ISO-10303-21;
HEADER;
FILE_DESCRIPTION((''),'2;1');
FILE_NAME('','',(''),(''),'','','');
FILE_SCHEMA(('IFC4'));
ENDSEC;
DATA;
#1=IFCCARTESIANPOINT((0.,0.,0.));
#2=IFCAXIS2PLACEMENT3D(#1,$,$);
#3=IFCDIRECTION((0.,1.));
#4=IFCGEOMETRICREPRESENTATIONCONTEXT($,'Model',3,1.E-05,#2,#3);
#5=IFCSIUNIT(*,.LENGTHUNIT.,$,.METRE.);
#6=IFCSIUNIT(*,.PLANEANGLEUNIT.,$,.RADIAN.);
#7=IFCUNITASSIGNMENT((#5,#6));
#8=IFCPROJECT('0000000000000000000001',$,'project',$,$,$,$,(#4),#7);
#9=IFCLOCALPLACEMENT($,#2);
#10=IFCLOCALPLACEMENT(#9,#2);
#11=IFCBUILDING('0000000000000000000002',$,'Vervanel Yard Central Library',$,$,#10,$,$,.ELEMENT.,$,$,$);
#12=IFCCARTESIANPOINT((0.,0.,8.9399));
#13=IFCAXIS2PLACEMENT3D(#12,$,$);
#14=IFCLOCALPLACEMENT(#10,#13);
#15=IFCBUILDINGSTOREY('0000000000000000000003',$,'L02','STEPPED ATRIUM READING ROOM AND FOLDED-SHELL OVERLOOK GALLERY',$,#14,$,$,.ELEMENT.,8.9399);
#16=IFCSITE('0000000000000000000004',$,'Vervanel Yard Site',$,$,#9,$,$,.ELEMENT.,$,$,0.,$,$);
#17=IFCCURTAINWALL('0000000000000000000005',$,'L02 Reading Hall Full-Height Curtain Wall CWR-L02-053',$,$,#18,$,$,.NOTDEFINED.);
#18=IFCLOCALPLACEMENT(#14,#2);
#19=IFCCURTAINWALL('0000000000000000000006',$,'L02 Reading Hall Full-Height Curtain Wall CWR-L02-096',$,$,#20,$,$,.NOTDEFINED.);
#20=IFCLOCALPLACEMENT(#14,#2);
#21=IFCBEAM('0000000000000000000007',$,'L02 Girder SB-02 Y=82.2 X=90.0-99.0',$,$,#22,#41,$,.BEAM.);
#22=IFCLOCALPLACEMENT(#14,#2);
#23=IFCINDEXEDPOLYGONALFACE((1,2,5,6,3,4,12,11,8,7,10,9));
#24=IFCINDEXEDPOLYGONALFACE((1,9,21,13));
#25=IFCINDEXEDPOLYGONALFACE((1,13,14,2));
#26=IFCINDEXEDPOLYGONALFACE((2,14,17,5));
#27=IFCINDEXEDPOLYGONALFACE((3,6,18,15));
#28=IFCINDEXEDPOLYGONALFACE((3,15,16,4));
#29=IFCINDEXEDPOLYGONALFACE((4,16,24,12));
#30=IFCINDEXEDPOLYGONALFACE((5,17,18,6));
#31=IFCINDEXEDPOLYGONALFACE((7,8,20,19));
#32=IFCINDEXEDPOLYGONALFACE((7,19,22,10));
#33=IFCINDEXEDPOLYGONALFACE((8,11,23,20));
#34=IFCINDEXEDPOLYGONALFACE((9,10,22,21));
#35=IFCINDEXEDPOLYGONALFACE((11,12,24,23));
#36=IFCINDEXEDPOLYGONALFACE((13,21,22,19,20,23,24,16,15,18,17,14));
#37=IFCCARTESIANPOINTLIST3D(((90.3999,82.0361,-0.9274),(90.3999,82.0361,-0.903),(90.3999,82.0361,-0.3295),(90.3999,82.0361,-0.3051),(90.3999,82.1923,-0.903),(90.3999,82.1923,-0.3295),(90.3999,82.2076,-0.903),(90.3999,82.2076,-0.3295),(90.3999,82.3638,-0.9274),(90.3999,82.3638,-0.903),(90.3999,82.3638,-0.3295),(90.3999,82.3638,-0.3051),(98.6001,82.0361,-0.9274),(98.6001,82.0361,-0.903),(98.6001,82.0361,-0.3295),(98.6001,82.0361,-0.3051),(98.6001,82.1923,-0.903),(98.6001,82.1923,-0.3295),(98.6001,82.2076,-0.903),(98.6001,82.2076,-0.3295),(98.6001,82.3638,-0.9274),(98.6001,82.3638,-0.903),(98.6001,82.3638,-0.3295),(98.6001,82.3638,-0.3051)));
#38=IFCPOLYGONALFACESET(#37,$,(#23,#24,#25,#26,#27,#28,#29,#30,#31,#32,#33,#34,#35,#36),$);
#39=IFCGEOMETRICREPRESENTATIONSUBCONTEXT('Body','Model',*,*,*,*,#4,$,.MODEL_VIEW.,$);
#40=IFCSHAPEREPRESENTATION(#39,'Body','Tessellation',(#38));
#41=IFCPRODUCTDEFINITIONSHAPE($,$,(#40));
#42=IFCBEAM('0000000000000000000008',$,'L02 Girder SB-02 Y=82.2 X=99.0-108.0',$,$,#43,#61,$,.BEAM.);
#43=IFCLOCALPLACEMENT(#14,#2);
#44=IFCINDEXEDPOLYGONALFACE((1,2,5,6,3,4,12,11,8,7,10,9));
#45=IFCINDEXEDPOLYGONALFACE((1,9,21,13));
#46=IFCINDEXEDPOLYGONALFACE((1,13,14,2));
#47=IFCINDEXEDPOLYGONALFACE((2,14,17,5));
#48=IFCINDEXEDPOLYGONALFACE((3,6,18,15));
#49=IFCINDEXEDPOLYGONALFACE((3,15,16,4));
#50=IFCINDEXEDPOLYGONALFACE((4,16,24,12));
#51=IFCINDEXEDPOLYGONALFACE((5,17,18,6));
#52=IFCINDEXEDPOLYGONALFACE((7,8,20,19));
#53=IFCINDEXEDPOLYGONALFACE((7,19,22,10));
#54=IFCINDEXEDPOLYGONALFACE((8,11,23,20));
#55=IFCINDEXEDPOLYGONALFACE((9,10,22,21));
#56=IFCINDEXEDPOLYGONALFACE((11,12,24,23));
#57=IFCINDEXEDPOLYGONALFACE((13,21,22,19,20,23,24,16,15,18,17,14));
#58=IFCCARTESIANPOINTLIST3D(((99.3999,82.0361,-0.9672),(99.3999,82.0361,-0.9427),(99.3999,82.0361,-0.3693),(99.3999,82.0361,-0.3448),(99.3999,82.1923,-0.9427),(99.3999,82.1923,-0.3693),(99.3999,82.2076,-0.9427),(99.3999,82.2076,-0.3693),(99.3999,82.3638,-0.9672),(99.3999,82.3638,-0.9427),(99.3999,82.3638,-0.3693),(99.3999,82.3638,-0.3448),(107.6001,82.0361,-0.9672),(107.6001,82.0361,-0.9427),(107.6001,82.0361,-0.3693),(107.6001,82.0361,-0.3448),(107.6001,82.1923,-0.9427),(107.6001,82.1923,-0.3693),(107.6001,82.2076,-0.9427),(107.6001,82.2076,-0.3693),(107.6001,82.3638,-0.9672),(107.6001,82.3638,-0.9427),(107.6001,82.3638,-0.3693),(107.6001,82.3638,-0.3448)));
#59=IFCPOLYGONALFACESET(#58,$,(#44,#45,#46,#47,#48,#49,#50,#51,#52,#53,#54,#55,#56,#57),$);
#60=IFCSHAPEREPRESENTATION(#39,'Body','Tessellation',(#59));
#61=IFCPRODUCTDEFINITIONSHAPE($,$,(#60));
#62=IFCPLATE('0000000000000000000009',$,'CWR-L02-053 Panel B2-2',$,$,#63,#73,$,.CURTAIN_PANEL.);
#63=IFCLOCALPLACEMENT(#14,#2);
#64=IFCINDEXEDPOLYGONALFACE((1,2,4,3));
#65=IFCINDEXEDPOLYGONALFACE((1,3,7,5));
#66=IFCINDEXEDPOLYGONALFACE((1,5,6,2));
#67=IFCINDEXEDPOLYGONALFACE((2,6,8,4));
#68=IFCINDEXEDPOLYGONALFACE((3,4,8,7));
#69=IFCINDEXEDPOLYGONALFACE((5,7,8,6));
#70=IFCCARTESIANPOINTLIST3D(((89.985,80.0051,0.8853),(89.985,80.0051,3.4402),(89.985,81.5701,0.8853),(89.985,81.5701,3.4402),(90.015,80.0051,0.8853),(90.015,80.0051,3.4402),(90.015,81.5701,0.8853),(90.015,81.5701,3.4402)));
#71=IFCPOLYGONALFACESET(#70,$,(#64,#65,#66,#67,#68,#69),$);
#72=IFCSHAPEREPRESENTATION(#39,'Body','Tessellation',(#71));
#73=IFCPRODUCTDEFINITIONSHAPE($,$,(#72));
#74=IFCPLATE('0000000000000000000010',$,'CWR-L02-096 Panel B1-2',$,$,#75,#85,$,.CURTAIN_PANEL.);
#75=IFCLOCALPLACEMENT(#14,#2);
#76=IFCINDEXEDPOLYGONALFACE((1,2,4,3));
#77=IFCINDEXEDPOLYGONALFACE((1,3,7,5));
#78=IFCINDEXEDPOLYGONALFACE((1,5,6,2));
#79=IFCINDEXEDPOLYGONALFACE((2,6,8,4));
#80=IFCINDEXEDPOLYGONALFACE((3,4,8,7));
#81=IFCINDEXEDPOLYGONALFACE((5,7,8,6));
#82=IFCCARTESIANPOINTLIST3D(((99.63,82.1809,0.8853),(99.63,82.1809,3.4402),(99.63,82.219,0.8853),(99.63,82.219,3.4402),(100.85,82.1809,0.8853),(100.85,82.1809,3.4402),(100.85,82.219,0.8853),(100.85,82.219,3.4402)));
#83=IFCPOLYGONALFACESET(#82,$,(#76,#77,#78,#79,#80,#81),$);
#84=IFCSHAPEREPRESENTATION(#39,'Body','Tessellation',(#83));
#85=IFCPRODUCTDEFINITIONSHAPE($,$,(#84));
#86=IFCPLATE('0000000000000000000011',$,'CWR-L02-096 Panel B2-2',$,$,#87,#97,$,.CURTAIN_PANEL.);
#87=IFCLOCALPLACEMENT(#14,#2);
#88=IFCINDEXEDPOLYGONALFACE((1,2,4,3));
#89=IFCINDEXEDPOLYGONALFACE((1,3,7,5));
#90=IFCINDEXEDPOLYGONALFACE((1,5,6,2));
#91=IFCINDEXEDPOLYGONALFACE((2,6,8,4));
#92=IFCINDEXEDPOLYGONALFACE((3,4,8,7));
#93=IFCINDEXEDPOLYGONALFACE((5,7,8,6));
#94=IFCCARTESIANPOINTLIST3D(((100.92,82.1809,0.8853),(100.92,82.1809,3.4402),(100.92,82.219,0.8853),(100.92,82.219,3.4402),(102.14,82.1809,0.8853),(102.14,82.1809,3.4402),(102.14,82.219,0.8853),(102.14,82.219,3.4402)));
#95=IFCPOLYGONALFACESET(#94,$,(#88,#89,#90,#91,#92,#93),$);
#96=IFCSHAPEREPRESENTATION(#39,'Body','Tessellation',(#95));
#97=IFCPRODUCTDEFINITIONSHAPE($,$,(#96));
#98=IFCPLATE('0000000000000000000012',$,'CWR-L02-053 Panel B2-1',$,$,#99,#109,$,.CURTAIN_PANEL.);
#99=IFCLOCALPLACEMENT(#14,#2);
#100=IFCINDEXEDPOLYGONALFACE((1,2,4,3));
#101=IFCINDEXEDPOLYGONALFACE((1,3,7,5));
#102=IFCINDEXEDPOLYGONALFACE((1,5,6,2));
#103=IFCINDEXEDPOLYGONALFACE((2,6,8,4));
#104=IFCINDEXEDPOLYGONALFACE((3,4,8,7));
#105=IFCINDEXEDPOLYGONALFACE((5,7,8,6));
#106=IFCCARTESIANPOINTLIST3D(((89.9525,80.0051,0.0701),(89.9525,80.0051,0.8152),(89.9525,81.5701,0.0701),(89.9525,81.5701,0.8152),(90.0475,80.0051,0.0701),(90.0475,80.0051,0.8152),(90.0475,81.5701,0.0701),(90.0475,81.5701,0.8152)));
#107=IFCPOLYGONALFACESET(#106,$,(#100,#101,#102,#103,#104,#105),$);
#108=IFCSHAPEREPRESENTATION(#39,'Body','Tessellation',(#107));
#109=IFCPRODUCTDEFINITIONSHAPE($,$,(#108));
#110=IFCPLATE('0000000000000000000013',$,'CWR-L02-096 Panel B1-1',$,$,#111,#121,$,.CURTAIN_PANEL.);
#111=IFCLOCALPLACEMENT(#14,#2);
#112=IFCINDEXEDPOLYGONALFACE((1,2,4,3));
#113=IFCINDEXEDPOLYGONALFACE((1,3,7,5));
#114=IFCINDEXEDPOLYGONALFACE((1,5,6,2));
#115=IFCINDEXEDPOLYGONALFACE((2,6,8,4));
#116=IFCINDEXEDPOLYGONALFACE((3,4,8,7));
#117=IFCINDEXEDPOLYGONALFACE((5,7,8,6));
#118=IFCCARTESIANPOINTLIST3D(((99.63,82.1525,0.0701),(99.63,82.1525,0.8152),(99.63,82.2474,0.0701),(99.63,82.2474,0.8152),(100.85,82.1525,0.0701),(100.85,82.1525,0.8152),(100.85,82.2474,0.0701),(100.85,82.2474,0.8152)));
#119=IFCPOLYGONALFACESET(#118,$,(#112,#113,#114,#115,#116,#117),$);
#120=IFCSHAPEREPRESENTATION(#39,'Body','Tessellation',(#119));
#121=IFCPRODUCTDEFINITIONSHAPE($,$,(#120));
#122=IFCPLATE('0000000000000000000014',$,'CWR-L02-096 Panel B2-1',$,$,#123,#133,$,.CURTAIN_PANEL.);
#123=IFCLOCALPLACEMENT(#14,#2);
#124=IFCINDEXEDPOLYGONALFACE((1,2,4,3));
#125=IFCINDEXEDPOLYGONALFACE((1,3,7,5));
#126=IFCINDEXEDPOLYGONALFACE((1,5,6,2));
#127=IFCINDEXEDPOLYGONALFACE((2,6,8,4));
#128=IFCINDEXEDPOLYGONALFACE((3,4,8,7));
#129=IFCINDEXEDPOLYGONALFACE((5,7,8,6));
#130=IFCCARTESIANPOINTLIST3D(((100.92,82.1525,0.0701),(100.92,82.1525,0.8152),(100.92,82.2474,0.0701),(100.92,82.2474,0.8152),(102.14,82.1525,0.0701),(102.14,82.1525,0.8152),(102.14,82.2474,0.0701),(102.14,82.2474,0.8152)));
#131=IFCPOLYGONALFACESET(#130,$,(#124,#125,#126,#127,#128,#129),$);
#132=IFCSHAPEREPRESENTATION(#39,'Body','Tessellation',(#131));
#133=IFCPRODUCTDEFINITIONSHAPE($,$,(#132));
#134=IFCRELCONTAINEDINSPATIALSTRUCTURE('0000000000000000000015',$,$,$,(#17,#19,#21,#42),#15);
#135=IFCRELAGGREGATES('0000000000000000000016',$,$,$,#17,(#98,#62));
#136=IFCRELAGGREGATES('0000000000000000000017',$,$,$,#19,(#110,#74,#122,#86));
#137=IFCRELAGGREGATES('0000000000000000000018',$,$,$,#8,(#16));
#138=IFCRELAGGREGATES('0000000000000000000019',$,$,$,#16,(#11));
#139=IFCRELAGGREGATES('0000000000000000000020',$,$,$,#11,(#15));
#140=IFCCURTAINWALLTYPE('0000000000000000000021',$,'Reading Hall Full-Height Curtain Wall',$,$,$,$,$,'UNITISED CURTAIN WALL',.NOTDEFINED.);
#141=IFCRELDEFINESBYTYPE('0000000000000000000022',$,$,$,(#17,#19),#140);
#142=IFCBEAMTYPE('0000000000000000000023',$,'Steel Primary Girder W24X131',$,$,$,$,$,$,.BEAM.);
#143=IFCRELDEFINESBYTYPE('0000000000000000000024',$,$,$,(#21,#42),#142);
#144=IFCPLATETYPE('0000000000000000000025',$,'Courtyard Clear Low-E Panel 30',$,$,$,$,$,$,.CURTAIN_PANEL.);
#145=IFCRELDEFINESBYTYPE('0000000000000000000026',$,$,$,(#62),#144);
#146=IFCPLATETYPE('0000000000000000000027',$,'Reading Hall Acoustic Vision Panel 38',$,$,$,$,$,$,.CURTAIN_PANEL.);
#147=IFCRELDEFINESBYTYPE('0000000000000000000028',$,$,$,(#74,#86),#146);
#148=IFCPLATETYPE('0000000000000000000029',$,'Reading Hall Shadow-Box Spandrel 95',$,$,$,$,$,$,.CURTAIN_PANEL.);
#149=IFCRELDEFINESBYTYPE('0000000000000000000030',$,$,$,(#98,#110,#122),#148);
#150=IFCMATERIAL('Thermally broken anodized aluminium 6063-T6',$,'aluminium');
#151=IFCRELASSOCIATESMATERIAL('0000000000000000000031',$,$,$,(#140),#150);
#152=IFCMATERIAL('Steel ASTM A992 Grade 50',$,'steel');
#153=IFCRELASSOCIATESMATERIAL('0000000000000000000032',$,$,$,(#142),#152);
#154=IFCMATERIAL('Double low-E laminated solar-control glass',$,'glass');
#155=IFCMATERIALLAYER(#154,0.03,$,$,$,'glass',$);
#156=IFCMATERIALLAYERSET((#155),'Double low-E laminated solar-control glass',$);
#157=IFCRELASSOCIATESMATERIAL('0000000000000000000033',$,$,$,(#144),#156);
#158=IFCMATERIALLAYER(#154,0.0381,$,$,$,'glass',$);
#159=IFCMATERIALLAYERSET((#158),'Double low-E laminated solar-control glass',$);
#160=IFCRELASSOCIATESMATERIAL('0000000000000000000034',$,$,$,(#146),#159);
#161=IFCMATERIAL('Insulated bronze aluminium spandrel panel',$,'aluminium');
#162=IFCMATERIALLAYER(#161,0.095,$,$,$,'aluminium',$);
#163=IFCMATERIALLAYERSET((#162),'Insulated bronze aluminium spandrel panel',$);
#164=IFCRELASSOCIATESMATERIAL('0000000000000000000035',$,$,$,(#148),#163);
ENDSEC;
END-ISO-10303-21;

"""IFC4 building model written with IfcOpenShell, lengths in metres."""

from ifc_helpers import new_model, si_unit, direction, frame, origin, origin_2d, place, context, subcontext, project, spatial, rectangle, i_section, extrude, material, layer, layer_set, material_profile, profile_set, type_object, element, aggregate, save


model = new_model("IFC4")

# Units and contexts
model_context = context("Model", 3, precision=1e-05, world=origin(), true_north=direction((0.0, 1.0)))
body_context = subcontext(model_context, "Body", "Model", "MODEL_VIEW")
ifc_project = project(units=[si_unit("LENGTHUNIT", "METRE"), si_unit("PLANEANGLEUNIT", "RADIAN")], contexts=[model_context])

# Site, building, storey
site_placement = place(None, origin())
site = spatial("IfcSite", under=ifc_project, at=site_placement, Name="Vervanel Yard Site", CompositionType="ELEMENT", RefElevation=0.0)
building_placement = place(site_placement, origin())
building = spatial("IfcBuilding", under=site, at=building_placement, Name="Vervanel Yard Central Library", CompositionType="ELEMENT")
storey_placement = place(building_placement, frame((0.0, 0.0, 8.9399)))
storey = spatial("IfcBuildingStorey", under=building, at=storey_placement, Name="L02", Description="STEPPED ATRIUM READING ROOM AND FOLDED-SHELL OVERLOOK GALLERY", CompositionType="ELEMENT", Elevation=8.9399)

# Curtain wall
ifc_material_1 = material(Name="Thermally broken anodized aluminium 6063-T6", Category="aluminium")
curtain_wall_type = type_object("IfcCurtainWallType", Name="Reading Hall Full-Height Curtain Wall", ElementType="UNITISED CURTAIN WALL", PredefinedType="NOTDEFINED", material=ifc_material_1)
curtain_wall_1_placement = place(storey_placement, origin())
curtain_wall_1 = element("IfcCurtainWall", 1, at=curtain_wall_1_placement, inside=storey, type_object=curtain_wall_type, Name="L02 Reading Hall Full-Height Curtain Wall CWR-L02-053", PredefinedType="NOTDEFINED")

# Curtain wall
curtain_wall_2_placement = place(storey_placement, origin())
curtain_wall_2 = element("IfcCurtainWall", 2, at=curtain_wall_2_placement, inside=storey, type_object=curtain_wall_type, Name="L02 Reading Hall Full-Height Curtain Wall CWR-L02-096", PredefinedType="NOTDEFINED")

# Beams
ifc_material_2 = material(Name="Steel ASTM A992 Grade 50", Category="steel")
ifc_material_profile_1 = material_profile(ifc_material_2, i_section(OverallWidth=0.3276, OverallDepth=0.6223, WebThickness=0.0154, FlangeThickness=0.0244, at=origin_2d()), Name="W24X131", Category="steel")
ifc_profile_set_1 = profile_set([ifc_material_profile_1], Name="Steel ASTM A992 Grade 50")
beam_type = type_object("IfcBeamType", Name="Steel Primary Girder W24X131", PredefinedType="BEAM", material=ifc_profile_set_1)
for number, where, z_axis, x_axis, name in (
    (3, (90.3999, 82.2, -0.6162), (1.0, 0.0, 0.0), (0.0, 1.0, 0.0), "L02 Girder SB-02 Y=82.2 X=90.0-99.0"),
    (4, (99.3999, 82.2, -0.656), (1.0, 0.0, 0.0), (0.0, 1.0, 0.0), "L02 Girder SB-02 Y=82.2 X=99.0-108.0"),
):
    element("IfcBeam", number, at=place(storey_placement, frame(where, z_axis=z_axis, x_axis=x_axis)), inside=storey, type_object=beam_type, Name=name, PredefinedType="BEAM", context=body_context, shape_type="SweptSolid", body=[
        extrude(i_section(OverallWidth=0.3276, OverallDepth=0.6223, WebThickness=0.0154, FlangeThickness=0.0244, at=origin_2d()), origin(), (0.0, 0.0, 1.0), 8.2002),
    ])

# Plates
ifc_material_3 = material(Name="Double low-E laminated solar-control glass", Category="glass")
ifc_layer_1 = layer(ifc_material_3, 0.03, Category="glass")
ifc_layer_set_1 = layer_set([ifc_layer_1], Name="Double low-E laminated solar-control glass")
plate_type_1 = type_object("IfcPlateType", Name="Courtyard Clear Low-E Panel 30", PredefinedType="CURTAIN_PANEL", material=ifc_layer_set_1)
plate_1_placement = place(storey_placement, frame((90.0, 80.7876, 0.8853), z_axis=(0.0, 0.0, 1.0), x_axis=(0.0, 1.0, 0.0)))
plate_1 = element("IfcPlate", 5, at=plate_1_placement, type_object=plate_type_1, Name="CWR-L02-053 Panel B2-2", PredefinedType="CURTAIN_PANEL", context=body_context, shape_type="SweptSolid", body=[
    extrude(rectangle(XDim=1.5649, YDim=0.03, at=origin_2d()), origin(), (0.0, 0.0, 1.0), 2.5549),
])
ifc_layer_2 = layer(ifc_material_3, 0.0381, Category="glass")
ifc_layer_set_2 = layer_set([ifc_layer_2], Name="Double low-E laminated solar-control glass")
plate_type_2 = type_object("IfcPlateType", Name="Reading Hall Acoustic Vision Panel 38", PredefinedType="CURTAIN_PANEL", material=ifc_layer_set_2)
plate_2_placement = place(storey_placement, frame((100.24, 82.2, 0.8853), z_axis=(0.0, 0.0, 1.0), x_axis=(1.0, 0.0, 0.0)))
plate_2 = element("IfcPlate", 6, at=plate_2_placement, type_object=plate_type_2, Name="CWR-L02-096 Panel B1-2", PredefinedType="CURTAIN_PANEL", context=body_context, shape_type="SweptSolid", body=[
    extrude(rectangle(XDim=1.22, YDim=0.0381, at=origin_2d()), origin(), (0.0, 0.0, 1.0), 2.5549),
])
plate_3_placement = place(storey_placement, frame((101.53, 82.2, 0.8853), z_axis=(0.0, 0.0, 1.0), x_axis=(1.0, 0.0, 0.0)))
plate_3 = element("IfcPlate", 7, at=plate_3_placement, type_object=plate_type_2, Name="CWR-L02-096 Panel B2-2", PredefinedType="CURTAIN_PANEL", context=body_context, shape_type="SweptSolid", body=[
    extrude(rectangle(XDim=1.22, YDim=0.0381, at=origin_2d()), origin(), (0.0, 0.0, 1.0), 2.5549),
])
ifc_material_4 = material(Name="Insulated bronze aluminium spandrel panel", Category="aluminium")
ifc_layer_3 = layer(ifc_material_4, 0.095, Category="aluminium")
ifc_layer_set_3 = layer_set([ifc_layer_3], Name="Insulated bronze aluminium spandrel panel")
plate_type_3 = type_object("IfcPlateType", Name="Reading Hall Shadow-Box Spandrel 95", PredefinedType="CURTAIN_PANEL", material=ifc_layer_set_3)
plate_4_placement = place(storey_placement, frame((90.0, 80.7876, 0.0701), z_axis=(0.0, 0.0, 1.0), x_axis=(0.0, 1.0, 0.0)))
plate_4 = element("IfcPlate", 8, at=plate_4_placement, type_object=plate_type_3, Name="CWR-L02-053 Panel B2-1", PredefinedType="CURTAIN_PANEL", context=body_context, shape_type="SweptSolid", body=[
    extrude(rectangle(XDim=1.5649, YDim=0.095, at=origin_2d()), origin(), (0.0, 0.0, 1.0), 0.7451),
])
aggregate(curtain_wall_1, [plate_4, plate_1])
plate_5_placement = place(storey_placement, frame((100.24, 82.2, 0.0701), z_axis=(0.0, 0.0, 1.0), x_axis=(1.0, 0.0, 0.0)))
plate_5 = element("IfcPlate", 9, at=plate_5_placement, type_object=plate_type_3, Name="CWR-L02-096 Panel B1-1", PredefinedType="CURTAIN_PANEL", context=body_context, shape_type="SweptSolid", body=[
    extrude(rectangle(XDim=1.22, YDim=0.095, at=origin_2d()), origin(), (0.0, 0.0, 1.0), 0.7451),
])
plate_6_placement = place(storey_placement, frame((101.53, 82.2, 0.0701), z_axis=(0.0, 0.0, 1.0), x_axis=(1.0, 0.0, 0.0)))
plate_6 = element("IfcPlate", 10, at=plate_6_placement, type_object=plate_type_3, Name="CWR-L02-096 Panel B2-1", PredefinedType="CURTAIN_PANEL", context=body_context, shape_type="SweptSolid", body=[
    extrude(rectangle(XDim=1.22, YDim=0.095, at=origin_2d()), origin(), (0.0, 0.0, 1.0), 0.7451),
])
aggregate(curtain_wall_2, [plate_5, plate_2, plate_6, plate_3])

save(model, "model.ifc")
